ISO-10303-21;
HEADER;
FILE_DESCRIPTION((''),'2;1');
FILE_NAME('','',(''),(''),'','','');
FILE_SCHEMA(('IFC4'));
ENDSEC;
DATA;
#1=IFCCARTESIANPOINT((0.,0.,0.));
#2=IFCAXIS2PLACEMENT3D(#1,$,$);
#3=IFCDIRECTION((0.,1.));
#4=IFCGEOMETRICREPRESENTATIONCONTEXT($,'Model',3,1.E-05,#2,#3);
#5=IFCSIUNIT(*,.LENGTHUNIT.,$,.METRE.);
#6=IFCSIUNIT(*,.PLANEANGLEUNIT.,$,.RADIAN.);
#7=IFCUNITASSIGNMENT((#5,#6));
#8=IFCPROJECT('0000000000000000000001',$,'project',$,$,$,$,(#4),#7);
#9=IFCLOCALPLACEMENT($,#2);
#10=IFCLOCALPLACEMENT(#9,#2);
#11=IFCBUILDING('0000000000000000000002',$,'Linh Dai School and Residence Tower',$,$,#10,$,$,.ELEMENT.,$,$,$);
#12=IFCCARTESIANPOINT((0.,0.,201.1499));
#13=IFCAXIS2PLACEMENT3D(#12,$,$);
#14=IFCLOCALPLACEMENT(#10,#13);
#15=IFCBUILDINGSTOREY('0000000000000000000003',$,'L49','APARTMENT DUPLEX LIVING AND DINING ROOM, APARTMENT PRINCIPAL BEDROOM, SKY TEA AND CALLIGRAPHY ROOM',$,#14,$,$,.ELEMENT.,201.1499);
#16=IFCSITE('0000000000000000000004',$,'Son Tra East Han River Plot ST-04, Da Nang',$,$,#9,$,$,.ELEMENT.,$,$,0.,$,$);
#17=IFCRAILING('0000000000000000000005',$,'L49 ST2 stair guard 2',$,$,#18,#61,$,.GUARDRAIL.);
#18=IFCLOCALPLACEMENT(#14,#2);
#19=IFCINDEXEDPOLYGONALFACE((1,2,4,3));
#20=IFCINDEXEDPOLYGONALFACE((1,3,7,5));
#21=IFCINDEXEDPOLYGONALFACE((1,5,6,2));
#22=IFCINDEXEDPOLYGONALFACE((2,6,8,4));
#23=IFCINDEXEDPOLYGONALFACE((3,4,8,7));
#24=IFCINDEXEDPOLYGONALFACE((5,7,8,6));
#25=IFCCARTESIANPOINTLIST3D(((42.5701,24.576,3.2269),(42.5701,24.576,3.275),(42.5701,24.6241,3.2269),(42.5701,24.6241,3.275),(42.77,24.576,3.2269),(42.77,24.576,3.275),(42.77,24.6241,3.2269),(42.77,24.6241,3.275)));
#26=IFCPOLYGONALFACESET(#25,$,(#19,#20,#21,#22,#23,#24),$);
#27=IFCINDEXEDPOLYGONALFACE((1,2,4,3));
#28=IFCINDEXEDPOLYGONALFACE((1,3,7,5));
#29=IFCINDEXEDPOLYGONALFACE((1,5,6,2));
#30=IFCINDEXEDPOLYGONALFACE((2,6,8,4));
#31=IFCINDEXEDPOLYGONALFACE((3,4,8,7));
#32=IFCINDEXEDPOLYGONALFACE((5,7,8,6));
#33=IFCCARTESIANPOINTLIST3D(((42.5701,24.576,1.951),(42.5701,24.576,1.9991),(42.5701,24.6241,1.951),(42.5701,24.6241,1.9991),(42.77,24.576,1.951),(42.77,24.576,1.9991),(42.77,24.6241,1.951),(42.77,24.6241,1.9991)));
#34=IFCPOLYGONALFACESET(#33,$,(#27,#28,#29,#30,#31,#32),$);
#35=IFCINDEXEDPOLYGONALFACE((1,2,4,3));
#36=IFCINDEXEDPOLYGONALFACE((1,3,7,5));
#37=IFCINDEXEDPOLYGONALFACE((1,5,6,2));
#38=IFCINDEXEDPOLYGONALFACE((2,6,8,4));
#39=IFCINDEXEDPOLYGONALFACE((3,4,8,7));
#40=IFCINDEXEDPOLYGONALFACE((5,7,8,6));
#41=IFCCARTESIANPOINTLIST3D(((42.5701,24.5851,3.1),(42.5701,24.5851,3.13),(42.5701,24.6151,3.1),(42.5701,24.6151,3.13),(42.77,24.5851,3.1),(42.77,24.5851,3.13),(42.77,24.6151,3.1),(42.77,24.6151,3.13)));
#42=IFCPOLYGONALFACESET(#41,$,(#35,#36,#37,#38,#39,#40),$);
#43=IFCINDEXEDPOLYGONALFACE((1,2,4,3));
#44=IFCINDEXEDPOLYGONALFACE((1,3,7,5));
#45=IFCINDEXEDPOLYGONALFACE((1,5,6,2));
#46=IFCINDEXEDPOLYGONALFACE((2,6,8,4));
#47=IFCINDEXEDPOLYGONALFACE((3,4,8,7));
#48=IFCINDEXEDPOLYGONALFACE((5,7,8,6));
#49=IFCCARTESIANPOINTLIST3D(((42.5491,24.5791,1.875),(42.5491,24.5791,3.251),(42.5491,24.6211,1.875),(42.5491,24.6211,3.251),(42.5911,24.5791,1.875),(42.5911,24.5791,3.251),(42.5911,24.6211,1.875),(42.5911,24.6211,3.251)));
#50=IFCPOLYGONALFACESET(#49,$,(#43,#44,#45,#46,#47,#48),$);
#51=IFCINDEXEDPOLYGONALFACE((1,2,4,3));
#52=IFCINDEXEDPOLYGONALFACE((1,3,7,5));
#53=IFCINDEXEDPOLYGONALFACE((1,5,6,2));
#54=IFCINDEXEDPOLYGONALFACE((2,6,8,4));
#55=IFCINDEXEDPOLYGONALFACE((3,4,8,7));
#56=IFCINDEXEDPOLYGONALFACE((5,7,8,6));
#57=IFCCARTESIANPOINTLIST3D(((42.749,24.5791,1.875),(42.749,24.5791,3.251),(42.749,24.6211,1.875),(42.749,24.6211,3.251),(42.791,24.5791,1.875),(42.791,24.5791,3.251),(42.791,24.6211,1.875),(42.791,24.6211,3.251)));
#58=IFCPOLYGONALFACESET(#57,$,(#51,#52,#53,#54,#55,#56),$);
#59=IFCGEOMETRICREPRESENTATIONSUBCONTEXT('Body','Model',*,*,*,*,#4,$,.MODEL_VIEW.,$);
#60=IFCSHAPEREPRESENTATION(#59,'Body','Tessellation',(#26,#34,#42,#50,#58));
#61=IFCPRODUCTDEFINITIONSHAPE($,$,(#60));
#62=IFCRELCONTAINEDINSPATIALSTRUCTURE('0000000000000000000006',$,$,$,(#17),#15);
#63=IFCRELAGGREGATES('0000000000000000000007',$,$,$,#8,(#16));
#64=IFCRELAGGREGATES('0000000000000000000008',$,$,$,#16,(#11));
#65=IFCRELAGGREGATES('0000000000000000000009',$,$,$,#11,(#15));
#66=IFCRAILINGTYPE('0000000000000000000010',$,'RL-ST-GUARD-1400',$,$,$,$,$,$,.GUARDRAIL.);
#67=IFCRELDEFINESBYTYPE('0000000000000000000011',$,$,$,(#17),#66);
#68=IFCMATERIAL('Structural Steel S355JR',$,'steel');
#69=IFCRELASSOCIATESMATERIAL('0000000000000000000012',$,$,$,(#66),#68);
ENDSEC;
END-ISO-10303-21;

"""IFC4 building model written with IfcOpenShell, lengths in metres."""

from ifc_helpers import new_model, si_unit, direction, frame, origin, origin_2d, place, context, subcontext, project, spatial, rectangle, extrude, source, transform, mapped, material, type_object, element, save


model = new_model("IFC4")

# Units and contexts
model_context = context("Model", 3, precision=1e-05, world=origin(), true_north=direction((0.0, 1.0)))
body_context = subcontext(model_context, "Body", "Model", "MODEL_VIEW")
ifc_project = project(units=[si_unit("LENGTHUNIT", "METRE"), si_unit("PLANEANGLEUNIT", "RADIAN")], contexts=[model_context])

# Site, building, storey
site_placement = place(None, origin())
site = spatial("IfcSite", under=ifc_project, at=site_placement, Name="Son Tra East Han River Plot ST-04, Da Nang", CompositionType="ELEMENT", RefElevation=0.0)
building_placement = place(site_placement, origin())
building = spatial("IfcBuilding", under=site, at=building_placement, Name="Linh Dai School and Residence Tower", CompositionType="ELEMENT")
storey_placement = place(building_placement, frame((0.0, 0.0, 201.1499)))
storey = spatial("IfcBuildingStorey", under=building, at=storey_placement, Name="L49", Description="APARTMENT DUPLEX LIVING AND DINING ROOM, APARTMENT PRINCIPAL BEDROOM, SKY TEA AND CALLIGRAPHY ROOM", CompositionType="ELEMENT", Elevation=201.1499)

# Shared definitions
ifc_material_1 = material(Name="Structural Steel S355JR", Category="steel")

# Railing
railing_type_1 = type_object("IfcRailingType", Name="RL-ST-GUARD-1400", PredefinedType="GUARDRAIL", material=ifc_material_1)
shared_shape_1 = source(origin(), body_context, "Body", "SweptSolid", [
    extrude(rectangle(XDim=0.0481, YDim=0.0481, at=origin_2d()), frame((0.0, 0.0, 1.376), z_axis=(1.0, 0.0, 0.0), x_axis=(0.0, 1.0, 0.0)), (0.0, 0.0, 1.0), 0.2),
    extrude(rectangle(XDim=0.0481, YDim=0.0481, at=origin_2d()), frame((0.0, 0.0, 0.1001), z_axis=(1.0, 0.0, 0.0), x_axis=(0.0, 1.0, 0.0)), (0.0, 0.0, 1.0), 0.2),
    extrude(rectangle(XDim=0.03, YDim=0.03, at=origin_2d()), frame((0.0, 0.0, 1.24), z_axis=(1.0, 0.0, 0.0), x_axis=(0.0, 1.0, 0.0)), (0.0, 0.0, 1.0), 0.2),
    extrude(rectangle(XDim=0.042, YDim=0.042, at=origin_2d()), origin(), (0.0, 0.0, 1.0), 1.376),
    extrude(rectangle(XDim=0.042, YDim=0.042, at=origin_2d()), frame((0.2, 0.0, 0.0)), (0.0, 0.0, 1.0), 1.376),
])
railing_1_placement = place(storey_placement, frame((42.5701, 24.6001, 1.875)))
element("IfcRailing", 1, at=railing_1_placement, inside=storey, type_object=railing_type_1, Name="L49 ST2 stair guard 2", PredefinedType="GUARDRAIL", context=body_context, shape_type="MappedRepresentation", body=[
    mapped(shared_shape_1, transform((0.0, 0.0, 0.0), x_axis=(1.0, 0.0, 0.0), y_axis=(0.0, 1.0, 0.0), z_axis=(0.0, 0.0, 1.0), scale=1.0)),
])

save(model, "model.ifc")
